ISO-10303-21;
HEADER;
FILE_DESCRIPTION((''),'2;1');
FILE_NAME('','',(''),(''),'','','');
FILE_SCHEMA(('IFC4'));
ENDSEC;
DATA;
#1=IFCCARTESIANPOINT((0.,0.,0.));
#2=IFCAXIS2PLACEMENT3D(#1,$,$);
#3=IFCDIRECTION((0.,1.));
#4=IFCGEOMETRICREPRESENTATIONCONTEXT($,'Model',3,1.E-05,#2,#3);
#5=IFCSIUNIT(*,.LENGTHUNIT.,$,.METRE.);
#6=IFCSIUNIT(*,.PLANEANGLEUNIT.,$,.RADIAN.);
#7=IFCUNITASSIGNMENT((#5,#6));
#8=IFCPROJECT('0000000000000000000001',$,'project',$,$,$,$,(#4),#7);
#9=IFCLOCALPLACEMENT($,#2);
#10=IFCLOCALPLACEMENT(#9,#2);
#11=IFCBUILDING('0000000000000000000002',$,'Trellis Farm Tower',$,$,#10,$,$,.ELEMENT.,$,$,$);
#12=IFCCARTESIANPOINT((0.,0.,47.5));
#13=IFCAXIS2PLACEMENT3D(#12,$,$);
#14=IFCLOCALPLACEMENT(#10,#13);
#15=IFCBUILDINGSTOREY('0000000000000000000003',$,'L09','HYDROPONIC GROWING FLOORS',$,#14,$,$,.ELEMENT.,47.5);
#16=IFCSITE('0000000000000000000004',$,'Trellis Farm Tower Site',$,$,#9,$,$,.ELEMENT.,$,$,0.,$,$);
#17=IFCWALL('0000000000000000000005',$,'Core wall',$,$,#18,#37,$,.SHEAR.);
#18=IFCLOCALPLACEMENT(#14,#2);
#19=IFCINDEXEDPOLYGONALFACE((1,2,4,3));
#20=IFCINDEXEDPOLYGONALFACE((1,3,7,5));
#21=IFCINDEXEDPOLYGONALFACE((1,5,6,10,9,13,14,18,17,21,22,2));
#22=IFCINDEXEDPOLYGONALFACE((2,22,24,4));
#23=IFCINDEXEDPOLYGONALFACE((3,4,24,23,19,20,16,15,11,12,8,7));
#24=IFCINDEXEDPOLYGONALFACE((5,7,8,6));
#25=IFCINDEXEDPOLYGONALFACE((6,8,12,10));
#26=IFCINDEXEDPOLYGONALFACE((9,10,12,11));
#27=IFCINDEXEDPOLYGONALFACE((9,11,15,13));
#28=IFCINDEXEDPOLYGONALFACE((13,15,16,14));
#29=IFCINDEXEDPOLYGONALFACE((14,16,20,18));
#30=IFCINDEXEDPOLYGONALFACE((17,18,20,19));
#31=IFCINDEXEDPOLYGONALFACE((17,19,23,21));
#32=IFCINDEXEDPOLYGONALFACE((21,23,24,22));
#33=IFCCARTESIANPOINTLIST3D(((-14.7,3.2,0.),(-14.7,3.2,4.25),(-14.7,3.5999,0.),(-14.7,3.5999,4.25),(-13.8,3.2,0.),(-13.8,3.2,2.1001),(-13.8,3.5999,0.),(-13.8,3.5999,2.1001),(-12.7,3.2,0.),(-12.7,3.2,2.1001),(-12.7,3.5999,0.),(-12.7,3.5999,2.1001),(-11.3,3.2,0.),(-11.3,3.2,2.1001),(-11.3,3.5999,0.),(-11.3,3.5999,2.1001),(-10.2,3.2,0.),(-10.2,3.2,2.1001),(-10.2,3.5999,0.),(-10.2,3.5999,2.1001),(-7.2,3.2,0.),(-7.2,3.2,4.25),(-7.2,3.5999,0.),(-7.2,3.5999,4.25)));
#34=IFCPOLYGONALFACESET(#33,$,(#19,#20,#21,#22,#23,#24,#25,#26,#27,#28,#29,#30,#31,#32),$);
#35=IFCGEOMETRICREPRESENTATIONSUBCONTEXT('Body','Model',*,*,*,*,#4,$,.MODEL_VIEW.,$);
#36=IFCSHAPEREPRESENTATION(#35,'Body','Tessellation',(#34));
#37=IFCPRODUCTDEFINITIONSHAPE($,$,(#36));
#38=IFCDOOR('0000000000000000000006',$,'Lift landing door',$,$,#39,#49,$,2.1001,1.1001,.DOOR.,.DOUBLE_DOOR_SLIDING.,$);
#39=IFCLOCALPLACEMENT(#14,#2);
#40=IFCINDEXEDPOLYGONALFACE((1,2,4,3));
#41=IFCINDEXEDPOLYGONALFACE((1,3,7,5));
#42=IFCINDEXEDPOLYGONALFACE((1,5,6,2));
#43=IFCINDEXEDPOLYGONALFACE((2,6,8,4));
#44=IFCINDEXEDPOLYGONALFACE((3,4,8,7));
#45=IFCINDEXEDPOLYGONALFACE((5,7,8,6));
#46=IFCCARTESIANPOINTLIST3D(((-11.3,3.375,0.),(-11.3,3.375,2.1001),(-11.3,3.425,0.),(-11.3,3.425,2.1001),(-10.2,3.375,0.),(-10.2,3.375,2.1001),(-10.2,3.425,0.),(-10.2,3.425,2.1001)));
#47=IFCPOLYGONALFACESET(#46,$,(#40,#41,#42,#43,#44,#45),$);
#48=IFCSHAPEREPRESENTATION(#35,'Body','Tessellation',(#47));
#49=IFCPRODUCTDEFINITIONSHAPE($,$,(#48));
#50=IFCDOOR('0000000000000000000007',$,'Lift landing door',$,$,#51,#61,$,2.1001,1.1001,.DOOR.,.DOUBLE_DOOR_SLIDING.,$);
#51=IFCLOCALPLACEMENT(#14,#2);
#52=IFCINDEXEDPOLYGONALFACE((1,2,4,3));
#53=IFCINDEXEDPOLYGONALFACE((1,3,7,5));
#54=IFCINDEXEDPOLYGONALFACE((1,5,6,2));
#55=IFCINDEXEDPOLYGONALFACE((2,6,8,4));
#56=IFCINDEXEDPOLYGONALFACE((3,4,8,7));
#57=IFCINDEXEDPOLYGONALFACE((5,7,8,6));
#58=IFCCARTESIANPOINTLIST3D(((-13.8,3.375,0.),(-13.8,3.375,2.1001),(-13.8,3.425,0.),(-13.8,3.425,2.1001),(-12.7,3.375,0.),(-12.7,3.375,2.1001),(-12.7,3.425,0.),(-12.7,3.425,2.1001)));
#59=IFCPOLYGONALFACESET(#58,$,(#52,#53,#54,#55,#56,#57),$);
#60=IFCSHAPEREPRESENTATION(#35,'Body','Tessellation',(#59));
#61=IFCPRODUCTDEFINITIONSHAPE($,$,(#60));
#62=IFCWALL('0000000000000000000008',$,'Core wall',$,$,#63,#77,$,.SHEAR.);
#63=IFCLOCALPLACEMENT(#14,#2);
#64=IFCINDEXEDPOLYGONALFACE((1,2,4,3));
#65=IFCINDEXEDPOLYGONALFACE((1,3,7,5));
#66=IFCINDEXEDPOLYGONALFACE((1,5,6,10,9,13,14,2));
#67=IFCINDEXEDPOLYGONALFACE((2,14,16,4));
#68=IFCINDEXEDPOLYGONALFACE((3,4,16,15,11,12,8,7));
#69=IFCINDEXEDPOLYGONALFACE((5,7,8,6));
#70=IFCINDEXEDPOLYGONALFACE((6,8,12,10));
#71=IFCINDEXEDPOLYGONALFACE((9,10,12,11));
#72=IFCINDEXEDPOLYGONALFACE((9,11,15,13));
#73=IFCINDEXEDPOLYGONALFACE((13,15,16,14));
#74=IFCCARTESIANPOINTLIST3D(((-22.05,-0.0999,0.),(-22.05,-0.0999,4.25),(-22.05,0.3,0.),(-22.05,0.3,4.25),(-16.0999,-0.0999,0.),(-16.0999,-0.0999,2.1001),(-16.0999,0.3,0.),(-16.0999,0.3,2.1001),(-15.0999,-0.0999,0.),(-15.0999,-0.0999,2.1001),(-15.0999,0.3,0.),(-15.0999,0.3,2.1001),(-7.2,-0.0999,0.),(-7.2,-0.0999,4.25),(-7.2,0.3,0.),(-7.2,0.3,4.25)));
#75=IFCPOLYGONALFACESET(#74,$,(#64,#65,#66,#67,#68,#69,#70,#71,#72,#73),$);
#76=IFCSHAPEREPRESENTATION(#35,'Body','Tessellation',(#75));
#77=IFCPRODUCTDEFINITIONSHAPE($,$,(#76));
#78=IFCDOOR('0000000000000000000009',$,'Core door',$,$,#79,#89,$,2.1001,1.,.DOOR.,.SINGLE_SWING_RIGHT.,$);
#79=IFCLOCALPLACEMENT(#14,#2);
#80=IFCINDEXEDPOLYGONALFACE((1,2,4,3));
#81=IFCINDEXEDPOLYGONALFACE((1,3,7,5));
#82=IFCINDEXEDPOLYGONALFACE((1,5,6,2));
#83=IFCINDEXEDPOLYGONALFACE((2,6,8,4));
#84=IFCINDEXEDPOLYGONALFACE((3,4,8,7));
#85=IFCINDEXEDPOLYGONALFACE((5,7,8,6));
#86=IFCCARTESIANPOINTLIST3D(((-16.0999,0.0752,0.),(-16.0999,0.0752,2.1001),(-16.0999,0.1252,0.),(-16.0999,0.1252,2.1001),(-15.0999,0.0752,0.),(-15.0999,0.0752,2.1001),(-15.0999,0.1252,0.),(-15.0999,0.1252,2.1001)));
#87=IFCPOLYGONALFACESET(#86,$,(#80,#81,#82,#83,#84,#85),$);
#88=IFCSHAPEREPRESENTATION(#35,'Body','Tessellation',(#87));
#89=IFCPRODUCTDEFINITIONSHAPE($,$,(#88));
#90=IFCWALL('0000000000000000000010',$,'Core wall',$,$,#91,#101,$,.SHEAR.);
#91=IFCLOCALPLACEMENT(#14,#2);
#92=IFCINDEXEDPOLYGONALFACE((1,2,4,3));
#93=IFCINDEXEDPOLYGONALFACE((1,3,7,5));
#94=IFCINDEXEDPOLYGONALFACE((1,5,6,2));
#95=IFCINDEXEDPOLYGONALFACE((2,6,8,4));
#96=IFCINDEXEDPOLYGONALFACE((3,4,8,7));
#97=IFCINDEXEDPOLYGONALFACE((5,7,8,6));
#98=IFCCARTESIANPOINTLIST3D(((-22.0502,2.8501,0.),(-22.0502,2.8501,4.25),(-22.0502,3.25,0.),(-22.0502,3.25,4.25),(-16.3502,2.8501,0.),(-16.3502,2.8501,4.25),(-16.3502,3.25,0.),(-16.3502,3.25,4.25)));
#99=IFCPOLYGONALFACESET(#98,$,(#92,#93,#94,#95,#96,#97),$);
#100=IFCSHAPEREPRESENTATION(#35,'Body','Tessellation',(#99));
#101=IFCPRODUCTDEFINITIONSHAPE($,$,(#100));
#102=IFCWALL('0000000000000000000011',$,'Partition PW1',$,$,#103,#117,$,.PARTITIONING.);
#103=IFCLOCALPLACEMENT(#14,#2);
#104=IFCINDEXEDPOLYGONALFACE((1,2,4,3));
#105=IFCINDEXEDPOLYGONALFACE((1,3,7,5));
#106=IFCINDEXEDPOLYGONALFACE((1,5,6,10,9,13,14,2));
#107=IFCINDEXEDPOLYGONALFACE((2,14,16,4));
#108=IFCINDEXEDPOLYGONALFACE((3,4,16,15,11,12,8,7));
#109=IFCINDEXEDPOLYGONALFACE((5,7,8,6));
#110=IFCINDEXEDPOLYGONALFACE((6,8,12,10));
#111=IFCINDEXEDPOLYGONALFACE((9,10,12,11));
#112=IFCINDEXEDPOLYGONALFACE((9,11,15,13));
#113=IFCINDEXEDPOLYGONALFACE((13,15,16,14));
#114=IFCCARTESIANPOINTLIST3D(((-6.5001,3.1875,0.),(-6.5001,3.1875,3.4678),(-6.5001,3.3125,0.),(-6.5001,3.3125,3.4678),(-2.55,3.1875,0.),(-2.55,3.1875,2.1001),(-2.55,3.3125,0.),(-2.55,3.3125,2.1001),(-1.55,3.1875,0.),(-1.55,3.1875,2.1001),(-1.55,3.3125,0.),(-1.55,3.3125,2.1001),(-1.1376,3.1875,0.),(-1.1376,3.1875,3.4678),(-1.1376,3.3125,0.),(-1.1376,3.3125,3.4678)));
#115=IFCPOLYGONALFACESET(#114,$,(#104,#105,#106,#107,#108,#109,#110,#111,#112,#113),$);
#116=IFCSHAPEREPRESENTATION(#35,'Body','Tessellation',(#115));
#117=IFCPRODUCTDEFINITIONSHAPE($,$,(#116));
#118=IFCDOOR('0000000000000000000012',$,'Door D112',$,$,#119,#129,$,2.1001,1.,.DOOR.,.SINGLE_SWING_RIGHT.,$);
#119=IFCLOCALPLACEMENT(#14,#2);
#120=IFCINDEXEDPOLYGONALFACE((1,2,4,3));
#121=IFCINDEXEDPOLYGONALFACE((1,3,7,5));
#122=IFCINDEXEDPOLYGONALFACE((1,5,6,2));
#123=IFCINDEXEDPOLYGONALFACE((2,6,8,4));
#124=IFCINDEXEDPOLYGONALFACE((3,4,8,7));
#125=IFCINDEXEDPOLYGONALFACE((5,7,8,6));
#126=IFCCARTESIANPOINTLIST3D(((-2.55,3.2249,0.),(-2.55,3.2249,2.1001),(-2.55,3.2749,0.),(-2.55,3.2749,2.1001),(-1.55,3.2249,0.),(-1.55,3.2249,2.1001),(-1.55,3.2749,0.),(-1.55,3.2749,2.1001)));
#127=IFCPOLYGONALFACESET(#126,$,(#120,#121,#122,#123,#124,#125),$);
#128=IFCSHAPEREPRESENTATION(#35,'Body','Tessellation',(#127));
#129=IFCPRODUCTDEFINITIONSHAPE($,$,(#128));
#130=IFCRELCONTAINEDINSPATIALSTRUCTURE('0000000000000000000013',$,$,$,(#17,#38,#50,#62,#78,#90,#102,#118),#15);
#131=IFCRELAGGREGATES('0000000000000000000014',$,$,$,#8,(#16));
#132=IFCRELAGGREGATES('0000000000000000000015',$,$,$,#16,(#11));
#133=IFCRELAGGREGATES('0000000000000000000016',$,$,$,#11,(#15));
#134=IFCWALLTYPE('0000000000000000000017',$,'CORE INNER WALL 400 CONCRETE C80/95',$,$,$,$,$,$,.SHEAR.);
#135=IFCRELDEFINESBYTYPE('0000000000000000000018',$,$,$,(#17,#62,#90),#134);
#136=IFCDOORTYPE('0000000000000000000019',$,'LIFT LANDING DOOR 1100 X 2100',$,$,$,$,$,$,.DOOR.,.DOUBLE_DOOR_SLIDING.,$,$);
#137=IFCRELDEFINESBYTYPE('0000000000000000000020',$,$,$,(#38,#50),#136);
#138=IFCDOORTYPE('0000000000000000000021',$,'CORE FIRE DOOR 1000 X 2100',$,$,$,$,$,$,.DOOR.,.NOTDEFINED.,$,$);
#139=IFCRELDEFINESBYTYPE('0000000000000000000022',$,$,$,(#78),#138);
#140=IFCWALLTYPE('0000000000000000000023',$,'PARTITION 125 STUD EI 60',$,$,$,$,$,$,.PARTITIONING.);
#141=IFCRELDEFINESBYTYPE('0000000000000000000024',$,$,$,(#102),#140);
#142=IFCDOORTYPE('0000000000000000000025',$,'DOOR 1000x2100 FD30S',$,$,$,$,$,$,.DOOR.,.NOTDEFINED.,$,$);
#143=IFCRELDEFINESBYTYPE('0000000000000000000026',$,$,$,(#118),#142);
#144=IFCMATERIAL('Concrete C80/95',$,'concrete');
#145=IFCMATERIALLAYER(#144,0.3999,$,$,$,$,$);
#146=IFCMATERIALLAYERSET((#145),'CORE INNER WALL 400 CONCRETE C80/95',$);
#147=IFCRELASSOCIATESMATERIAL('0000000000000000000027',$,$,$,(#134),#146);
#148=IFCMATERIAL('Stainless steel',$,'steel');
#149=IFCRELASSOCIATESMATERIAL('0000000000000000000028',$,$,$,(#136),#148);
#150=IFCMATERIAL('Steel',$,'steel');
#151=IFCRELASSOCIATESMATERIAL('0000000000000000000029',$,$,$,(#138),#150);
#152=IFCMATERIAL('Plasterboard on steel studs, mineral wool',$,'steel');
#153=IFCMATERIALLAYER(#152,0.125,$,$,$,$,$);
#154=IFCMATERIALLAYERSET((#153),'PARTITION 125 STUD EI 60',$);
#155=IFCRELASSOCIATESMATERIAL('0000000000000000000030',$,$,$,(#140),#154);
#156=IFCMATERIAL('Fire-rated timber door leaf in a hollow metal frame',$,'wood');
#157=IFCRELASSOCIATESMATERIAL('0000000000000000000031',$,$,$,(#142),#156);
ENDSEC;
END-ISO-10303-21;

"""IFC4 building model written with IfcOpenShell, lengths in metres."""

from ifc_helpers import new_model, si_unit, direction, frame, frame_2d, origin, place, context, subcontext, project, spatial, rectangle, extrude, source, transform, mapped, material, layer, layer_set, type_object, element, fill, save


model = new_model("IFC4")

# Units and contexts
model_context = context("Model", 3, precision=1e-05, world=origin(), true_north=direction((0.0, 1.0)))
body_context = subcontext(model_context, "Body", "Model", "MODEL_VIEW")
ifc_project = project(units=[si_unit("LENGTHUNIT", "METRE"), si_unit("PLANEANGLEUNIT", "RADIAN")], contexts=[model_context])

# Site, building, storey
site_placement = place(None, origin())
site = spatial("IfcSite", under=ifc_project, at=site_placement, Name="Trellis Farm Tower Site", CompositionType="ELEMENT", RefElevation=0.0)
building_placement = place(site_placement, origin())
building = spatial("IfcBuilding", under=site, at=building_placement, Name="Trellis Farm Tower", CompositionType="ELEMENT")
storey_placement = place(building_placement, frame((0.0, 0.0, 47.5)))
storey = spatial("IfcBuildingStorey", under=building, at=storey_placement, Name="L09", Description="HYDROPONIC GROWING FLOORS", CompositionType="ELEMENT", Elevation=47.5)

# Shared definitions
ifc_material_1 = material(Name="Concrete C80/95", Category="concrete")

# Wall, openings, doors
ifc_layer_1 = layer(ifc_material_1, 0.3999)
ifc_layer_set_1 = layer_set([ifc_layer_1], Name="CORE INNER WALL 400 CONCRETE C80/95")
wall_type_1 = type_object("IfcWallType", Name="CORE INNER WALL 400 CONCRETE C80/95", PredefinedType="SHEAR", material=ifc_layer_set_1)
shared_shape_1 = source(origin(), body_context, "Body", "SweptSolid", [
    extrude(rectangle(XDim=7.5, YDim=0.3999, at=frame_2d((3.75, 0.0))), origin(), (0.0, 0.0, 1.0), 4.25),
])
wall_1_placement = place(storey_placement, frame((-7.2, 3.3999, 0.0), z_axis=(0.0, 0.0, 1.0), x_axis=(-1.0, 0.0, 0.0)))
wall_1 = element("IfcWall", 1, at=wall_1_placement, inside=storey, type_object=wall_type_1, Name="Core wall", PredefinedType="SHEAR", context=body_context, shape_type="MappedRepresentation", body=[
    mapped(shared_shape_1, transform((0.0, 0.0, 0.0))),
])
shared_shape_2 = source(origin(), body_context, "Body", "SweptSolid", [
    extrude(rectangle(XDim=1.1001, YDim=2.1001, at=frame_2d((0.55, 1.05))), frame((0.0, 0.21, 0.0), z_axis=(0.0, -1.0, 0.0), x_axis=(1.0, 0.0, 0.0)), (0.0, 0.0, 1.0), 0.4199),
])
opening_1_placement = place(wall_1_placement, frame((3.0, 0.0, 0.0)))
opening_1 = element("IfcOpeningElement", 2, at=opening_1_placement, cuts=wall_1, PredefinedType="OPENING", context=body_context, shape_type="MappedRepresentation", body=[
    mapped(shared_shape_2, transform((0.0, 0.0, 0.0))),
])
opening_2_placement = place(wall_1_placement, frame((5.5, 0.0, 0.0)))
opening_2 = element("IfcOpeningElement", 3, at=opening_2_placement, cuts=wall_1, PredefinedType="OPENING", context=body_context, shape_type="MappedRepresentation", body=[
    mapped(shared_shape_2, transform((0.0, 0.0, 0.0))),
])
ifc_material_2 = material(Name="Stainless steel", Category="steel")
door_type_1 = type_object("IfcDoorType", Name="LIFT LANDING DOOR 1100 X 2100", OperationType="DOUBLE_DOOR_SLIDING", PredefinedType="DOOR", material=ifc_material_2)
shared_shape_3 = source(origin(), body_context, "Body", "SweptSolid", [
    extrude(rectangle(XDim=1.1001, YDim=2.1001, at=frame_2d((0.55, 1.05))), frame((0.0, 0.0249, 0.0), z_axis=(0.0, -1.0, 0.0), x_axis=(1.0, 0.0, 0.0)), (0.0, 0.0, 1.0), 0.05),
])
door_1_placement = place(opening_1_placement, origin())
door_1 = element("IfcDoor", 4, at=door_1_placement, inside=storey, type_object=door_type_1, Name="Lift landing door", OperationType="DOUBLE_DOOR_SLIDING", OverallHeight=2.1001, OverallWidth=1.1001, PredefinedType="DOOR", context=body_context, shape_type="MappedRepresentation", body=[
    mapped(shared_shape_3, transform((0.0, 0.0, 0.0))),
])
fill(opening_1, door_1)
door_2_placement = place(opening_2_placement, origin())
door_2 = element("IfcDoor", 5, at=door_2_placement, inside=storey, type_object=door_type_1, Name="Lift landing door", OperationType="DOUBLE_DOOR_SLIDING", OverallHeight=2.1001, OverallWidth=1.1001, PredefinedType="DOOR", context=body_context, shape_type="MappedRepresentation", body=[
    mapped(shared_shape_3, transform((0.0, 0.0, 0.0))),
])
fill(opening_2, door_2)

# Wall, opening, door
shared_shape_4 = source(origin(), body_context, "Body", "SweptSolid", [
    extrude(rectangle(XDim=14.8501, YDim=0.3999, at=frame_2d((7.425, 0.0))), origin(), (0.0, 0.0, 1.0), 4.25),
])
wall_2_placement = place(storey_placement, frame((-7.2, 0.1001, 0.0), z_axis=(0.0, 0.0, 1.0), x_axis=(-1.0, 0.0, 0.0)))
wall_2 = element("IfcWall", 6, at=wall_2_placement, inside=storey, type_object=wall_type_1, Name="Core wall", PredefinedType="SHEAR", context=body_context, shape_type="MappedRepresentation", body=[
    mapped(shared_shape_4, transform((0.0, 0.0, 0.0))),
])
shared_shape_5 = source(origin(), body_context, "Body", "SweptSolid", [
    extrude(rectangle(XDim=1.0, YDim=2.1001, at=frame_2d((0.5, 1.05))), frame((0.0, 0.21, 0.0), z_axis=(0.0, -1.0, 0.0), x_axis=(1.0, 0.0, 0.0)), (0.0, 0.0, 1.0), 0.4199),
])
opening_3_placement = place(wall_2_placement, frame((7.8999, 0.0, 0.0)))
opening_3 = element("IfcOpeningElement", 7, at=opening_3_placement, cuts=wall_2, PredefinedType="OPENING", context=body_context, shape_type="MappedRepresentation", body=[
    mapped(shared_shape_5, transform((0.0, 0.0, 0.0))),
])
ifc_material_3 = material(Name="Steel", Category="steel")
door_type_2 = type_object("IfcDoorType", Name="CORE FIRE DOOR 1000 X 2100", OperationType="NOTDEFINED", PredefinedType="DOOR", material=ifc_material_3)
shared_shape_6 = source(origin(), body_context, "Body", "SweptSolid", [
    extrude(rectangle(XDim=1.0, YDim=2.1001, at=frame_2d((0.5, 1.05))), frame((0.0, 0.0249, 0.0), z_axis=(0.0, -1.0, 0.0), x_axis=(1.0, 0.0, 0.0)), (0.0, 0.0, 1.0), 0.05),
])
door_3_placement = place(opening_3_placement, origin())
door_3 = element("IfcDoor", 8, at=door_3_placement, inside=storey, type_object=door_type_2, Name="Core door", OperationType="SINGLE_SWING_RIGHT", OverallHeight=2.1001, OverallWidth=1.0, PredefinedType="DOOR", context=body_context, shape_type="MappedRepresentation", body=[
    mapped(shared_shape_6, transform((0.0, 0.0, 0.0))),
])
fill(opening_3, door_3)

# Wall
shared_shape_7 = source(origin(), body_context, "Body", "SweptSolid", [
    extrude(rectangle(XDim=5.7, YDim=0.3999, at=frame_2d((2.8501, 0.0))), origin(), (0.0, 0.0, 1.0), 4.25),
])
wall_3_placement = place(storey_placement, frame((-16.3501, 3.05, 0.0), z_axis=(0.0, 0.0, 1.0), x_axis=(-1.0, 0.0, 0.0)))
element("IfcWall", 9, at=wall_3_placement, inside=storey, type_object=wall_type_1, Name="Core wall", PredefinedType="SHEAR", context=body_context, shape_type="MappedRepresentation", body=[
    mapped(shared_shape_7, transform((0.0, 0.0, 0.0))),
])

# Wall, opening, door
ifc_material_4 = material(Name="Plasterboard on steel studs, mineral wool", Category="steel")
ifc_layer_2 = layer(ifc_material_4, 0.125)
ifc_layer_set_2 = layer_set([ifc_layer_2], Name="PARTITION 125 STUD EI 60")
wall_type_2 = type_object("IfcWallType", Name="PARTITION 125 STUD EI 60", PredefinedType="PARTITIONING", material=ifc_layer_set_2)
shared_shape_8 = source(origin(), body_context, "Body", "SweptSolid", [
    extrude(rectangle(XDim=5.3625, YDim=0.125, at=frame_2d((2.6812, 0.0))), origin(), (0.0, 0.0, 1.0), 3.4678),
])
wall_4_placement = place(storey_placement, frame((-6.5, 3.25, 0.0), z_axis=(0.0, 0.0, 1.0), x_axis=(1.0, 0.0, 0.0)))
wall_4 = element("IfcWall", 10, at=wall_4_placement, inside=storey, type_object=wall_type_2, Name="Partition PW1", PredefinedType="PARTITIONING", context=body_context, shape_type="MappedRepresentation", body=[
    mapped(shared_shape_8, transform((0.0, 0.0, 0.0))),
])
shared_shape_9 = source(origin(), body_context, "Body", "SweptSolid", [
    extrude(rectangle(XDim=1.0, YDim=2.1001, at=frame_2d((0.5, 1.05))), frame((0.0, 0.0725, 0.0), z_axis=(0.0, -1.0, 0.0), x_axis=(1.0, 0.0, 0.0)), (0.0, 0.0, 1.0), 0.145),
])
opening_4_placement = place(wall_4_placement, frame((3.95, 0.0, 0.0)))
opening_4 = element("IfcOpeningElement", 11, at=opening_4_placement, cuts=wall_4, PredefinedType="OPENING", context=body_context, shape_type="MappedRepresentation", body=[
    mapped(shared_shape_9, transform((0.0, 0.0, 0.0))),
])
ifc_material_5 = material(Name="Fire-rated timber door leaf in a hollow metal frame", Category="wood")
door_type_3 = type_object("IfcDoorType", Name="DOOR 1000x2100 FD30S", OperationType="NOTDEFINED", PredefinedType="DOOR", material=ifc_material_5)
door_4_placement = place(opening_4_placement, origin())
door_4 = element("IfcDoor", 12, at=door_4_placement, inside=storey, type_object=door_type_3, Name="Door D112", OperationType="SINGLE_SWING_RIGHT", OverallHeight=2.1001, OverallWidth=1.0, PredefinedType="DOOR", context=body_context, shape_type="MappedRepresentation", body=[
    mapped(shared_shape_6, transform((0.0, 0.0, 0.0))),
])
fill(opening_4, door_4)

save(model, "model.ifc")
